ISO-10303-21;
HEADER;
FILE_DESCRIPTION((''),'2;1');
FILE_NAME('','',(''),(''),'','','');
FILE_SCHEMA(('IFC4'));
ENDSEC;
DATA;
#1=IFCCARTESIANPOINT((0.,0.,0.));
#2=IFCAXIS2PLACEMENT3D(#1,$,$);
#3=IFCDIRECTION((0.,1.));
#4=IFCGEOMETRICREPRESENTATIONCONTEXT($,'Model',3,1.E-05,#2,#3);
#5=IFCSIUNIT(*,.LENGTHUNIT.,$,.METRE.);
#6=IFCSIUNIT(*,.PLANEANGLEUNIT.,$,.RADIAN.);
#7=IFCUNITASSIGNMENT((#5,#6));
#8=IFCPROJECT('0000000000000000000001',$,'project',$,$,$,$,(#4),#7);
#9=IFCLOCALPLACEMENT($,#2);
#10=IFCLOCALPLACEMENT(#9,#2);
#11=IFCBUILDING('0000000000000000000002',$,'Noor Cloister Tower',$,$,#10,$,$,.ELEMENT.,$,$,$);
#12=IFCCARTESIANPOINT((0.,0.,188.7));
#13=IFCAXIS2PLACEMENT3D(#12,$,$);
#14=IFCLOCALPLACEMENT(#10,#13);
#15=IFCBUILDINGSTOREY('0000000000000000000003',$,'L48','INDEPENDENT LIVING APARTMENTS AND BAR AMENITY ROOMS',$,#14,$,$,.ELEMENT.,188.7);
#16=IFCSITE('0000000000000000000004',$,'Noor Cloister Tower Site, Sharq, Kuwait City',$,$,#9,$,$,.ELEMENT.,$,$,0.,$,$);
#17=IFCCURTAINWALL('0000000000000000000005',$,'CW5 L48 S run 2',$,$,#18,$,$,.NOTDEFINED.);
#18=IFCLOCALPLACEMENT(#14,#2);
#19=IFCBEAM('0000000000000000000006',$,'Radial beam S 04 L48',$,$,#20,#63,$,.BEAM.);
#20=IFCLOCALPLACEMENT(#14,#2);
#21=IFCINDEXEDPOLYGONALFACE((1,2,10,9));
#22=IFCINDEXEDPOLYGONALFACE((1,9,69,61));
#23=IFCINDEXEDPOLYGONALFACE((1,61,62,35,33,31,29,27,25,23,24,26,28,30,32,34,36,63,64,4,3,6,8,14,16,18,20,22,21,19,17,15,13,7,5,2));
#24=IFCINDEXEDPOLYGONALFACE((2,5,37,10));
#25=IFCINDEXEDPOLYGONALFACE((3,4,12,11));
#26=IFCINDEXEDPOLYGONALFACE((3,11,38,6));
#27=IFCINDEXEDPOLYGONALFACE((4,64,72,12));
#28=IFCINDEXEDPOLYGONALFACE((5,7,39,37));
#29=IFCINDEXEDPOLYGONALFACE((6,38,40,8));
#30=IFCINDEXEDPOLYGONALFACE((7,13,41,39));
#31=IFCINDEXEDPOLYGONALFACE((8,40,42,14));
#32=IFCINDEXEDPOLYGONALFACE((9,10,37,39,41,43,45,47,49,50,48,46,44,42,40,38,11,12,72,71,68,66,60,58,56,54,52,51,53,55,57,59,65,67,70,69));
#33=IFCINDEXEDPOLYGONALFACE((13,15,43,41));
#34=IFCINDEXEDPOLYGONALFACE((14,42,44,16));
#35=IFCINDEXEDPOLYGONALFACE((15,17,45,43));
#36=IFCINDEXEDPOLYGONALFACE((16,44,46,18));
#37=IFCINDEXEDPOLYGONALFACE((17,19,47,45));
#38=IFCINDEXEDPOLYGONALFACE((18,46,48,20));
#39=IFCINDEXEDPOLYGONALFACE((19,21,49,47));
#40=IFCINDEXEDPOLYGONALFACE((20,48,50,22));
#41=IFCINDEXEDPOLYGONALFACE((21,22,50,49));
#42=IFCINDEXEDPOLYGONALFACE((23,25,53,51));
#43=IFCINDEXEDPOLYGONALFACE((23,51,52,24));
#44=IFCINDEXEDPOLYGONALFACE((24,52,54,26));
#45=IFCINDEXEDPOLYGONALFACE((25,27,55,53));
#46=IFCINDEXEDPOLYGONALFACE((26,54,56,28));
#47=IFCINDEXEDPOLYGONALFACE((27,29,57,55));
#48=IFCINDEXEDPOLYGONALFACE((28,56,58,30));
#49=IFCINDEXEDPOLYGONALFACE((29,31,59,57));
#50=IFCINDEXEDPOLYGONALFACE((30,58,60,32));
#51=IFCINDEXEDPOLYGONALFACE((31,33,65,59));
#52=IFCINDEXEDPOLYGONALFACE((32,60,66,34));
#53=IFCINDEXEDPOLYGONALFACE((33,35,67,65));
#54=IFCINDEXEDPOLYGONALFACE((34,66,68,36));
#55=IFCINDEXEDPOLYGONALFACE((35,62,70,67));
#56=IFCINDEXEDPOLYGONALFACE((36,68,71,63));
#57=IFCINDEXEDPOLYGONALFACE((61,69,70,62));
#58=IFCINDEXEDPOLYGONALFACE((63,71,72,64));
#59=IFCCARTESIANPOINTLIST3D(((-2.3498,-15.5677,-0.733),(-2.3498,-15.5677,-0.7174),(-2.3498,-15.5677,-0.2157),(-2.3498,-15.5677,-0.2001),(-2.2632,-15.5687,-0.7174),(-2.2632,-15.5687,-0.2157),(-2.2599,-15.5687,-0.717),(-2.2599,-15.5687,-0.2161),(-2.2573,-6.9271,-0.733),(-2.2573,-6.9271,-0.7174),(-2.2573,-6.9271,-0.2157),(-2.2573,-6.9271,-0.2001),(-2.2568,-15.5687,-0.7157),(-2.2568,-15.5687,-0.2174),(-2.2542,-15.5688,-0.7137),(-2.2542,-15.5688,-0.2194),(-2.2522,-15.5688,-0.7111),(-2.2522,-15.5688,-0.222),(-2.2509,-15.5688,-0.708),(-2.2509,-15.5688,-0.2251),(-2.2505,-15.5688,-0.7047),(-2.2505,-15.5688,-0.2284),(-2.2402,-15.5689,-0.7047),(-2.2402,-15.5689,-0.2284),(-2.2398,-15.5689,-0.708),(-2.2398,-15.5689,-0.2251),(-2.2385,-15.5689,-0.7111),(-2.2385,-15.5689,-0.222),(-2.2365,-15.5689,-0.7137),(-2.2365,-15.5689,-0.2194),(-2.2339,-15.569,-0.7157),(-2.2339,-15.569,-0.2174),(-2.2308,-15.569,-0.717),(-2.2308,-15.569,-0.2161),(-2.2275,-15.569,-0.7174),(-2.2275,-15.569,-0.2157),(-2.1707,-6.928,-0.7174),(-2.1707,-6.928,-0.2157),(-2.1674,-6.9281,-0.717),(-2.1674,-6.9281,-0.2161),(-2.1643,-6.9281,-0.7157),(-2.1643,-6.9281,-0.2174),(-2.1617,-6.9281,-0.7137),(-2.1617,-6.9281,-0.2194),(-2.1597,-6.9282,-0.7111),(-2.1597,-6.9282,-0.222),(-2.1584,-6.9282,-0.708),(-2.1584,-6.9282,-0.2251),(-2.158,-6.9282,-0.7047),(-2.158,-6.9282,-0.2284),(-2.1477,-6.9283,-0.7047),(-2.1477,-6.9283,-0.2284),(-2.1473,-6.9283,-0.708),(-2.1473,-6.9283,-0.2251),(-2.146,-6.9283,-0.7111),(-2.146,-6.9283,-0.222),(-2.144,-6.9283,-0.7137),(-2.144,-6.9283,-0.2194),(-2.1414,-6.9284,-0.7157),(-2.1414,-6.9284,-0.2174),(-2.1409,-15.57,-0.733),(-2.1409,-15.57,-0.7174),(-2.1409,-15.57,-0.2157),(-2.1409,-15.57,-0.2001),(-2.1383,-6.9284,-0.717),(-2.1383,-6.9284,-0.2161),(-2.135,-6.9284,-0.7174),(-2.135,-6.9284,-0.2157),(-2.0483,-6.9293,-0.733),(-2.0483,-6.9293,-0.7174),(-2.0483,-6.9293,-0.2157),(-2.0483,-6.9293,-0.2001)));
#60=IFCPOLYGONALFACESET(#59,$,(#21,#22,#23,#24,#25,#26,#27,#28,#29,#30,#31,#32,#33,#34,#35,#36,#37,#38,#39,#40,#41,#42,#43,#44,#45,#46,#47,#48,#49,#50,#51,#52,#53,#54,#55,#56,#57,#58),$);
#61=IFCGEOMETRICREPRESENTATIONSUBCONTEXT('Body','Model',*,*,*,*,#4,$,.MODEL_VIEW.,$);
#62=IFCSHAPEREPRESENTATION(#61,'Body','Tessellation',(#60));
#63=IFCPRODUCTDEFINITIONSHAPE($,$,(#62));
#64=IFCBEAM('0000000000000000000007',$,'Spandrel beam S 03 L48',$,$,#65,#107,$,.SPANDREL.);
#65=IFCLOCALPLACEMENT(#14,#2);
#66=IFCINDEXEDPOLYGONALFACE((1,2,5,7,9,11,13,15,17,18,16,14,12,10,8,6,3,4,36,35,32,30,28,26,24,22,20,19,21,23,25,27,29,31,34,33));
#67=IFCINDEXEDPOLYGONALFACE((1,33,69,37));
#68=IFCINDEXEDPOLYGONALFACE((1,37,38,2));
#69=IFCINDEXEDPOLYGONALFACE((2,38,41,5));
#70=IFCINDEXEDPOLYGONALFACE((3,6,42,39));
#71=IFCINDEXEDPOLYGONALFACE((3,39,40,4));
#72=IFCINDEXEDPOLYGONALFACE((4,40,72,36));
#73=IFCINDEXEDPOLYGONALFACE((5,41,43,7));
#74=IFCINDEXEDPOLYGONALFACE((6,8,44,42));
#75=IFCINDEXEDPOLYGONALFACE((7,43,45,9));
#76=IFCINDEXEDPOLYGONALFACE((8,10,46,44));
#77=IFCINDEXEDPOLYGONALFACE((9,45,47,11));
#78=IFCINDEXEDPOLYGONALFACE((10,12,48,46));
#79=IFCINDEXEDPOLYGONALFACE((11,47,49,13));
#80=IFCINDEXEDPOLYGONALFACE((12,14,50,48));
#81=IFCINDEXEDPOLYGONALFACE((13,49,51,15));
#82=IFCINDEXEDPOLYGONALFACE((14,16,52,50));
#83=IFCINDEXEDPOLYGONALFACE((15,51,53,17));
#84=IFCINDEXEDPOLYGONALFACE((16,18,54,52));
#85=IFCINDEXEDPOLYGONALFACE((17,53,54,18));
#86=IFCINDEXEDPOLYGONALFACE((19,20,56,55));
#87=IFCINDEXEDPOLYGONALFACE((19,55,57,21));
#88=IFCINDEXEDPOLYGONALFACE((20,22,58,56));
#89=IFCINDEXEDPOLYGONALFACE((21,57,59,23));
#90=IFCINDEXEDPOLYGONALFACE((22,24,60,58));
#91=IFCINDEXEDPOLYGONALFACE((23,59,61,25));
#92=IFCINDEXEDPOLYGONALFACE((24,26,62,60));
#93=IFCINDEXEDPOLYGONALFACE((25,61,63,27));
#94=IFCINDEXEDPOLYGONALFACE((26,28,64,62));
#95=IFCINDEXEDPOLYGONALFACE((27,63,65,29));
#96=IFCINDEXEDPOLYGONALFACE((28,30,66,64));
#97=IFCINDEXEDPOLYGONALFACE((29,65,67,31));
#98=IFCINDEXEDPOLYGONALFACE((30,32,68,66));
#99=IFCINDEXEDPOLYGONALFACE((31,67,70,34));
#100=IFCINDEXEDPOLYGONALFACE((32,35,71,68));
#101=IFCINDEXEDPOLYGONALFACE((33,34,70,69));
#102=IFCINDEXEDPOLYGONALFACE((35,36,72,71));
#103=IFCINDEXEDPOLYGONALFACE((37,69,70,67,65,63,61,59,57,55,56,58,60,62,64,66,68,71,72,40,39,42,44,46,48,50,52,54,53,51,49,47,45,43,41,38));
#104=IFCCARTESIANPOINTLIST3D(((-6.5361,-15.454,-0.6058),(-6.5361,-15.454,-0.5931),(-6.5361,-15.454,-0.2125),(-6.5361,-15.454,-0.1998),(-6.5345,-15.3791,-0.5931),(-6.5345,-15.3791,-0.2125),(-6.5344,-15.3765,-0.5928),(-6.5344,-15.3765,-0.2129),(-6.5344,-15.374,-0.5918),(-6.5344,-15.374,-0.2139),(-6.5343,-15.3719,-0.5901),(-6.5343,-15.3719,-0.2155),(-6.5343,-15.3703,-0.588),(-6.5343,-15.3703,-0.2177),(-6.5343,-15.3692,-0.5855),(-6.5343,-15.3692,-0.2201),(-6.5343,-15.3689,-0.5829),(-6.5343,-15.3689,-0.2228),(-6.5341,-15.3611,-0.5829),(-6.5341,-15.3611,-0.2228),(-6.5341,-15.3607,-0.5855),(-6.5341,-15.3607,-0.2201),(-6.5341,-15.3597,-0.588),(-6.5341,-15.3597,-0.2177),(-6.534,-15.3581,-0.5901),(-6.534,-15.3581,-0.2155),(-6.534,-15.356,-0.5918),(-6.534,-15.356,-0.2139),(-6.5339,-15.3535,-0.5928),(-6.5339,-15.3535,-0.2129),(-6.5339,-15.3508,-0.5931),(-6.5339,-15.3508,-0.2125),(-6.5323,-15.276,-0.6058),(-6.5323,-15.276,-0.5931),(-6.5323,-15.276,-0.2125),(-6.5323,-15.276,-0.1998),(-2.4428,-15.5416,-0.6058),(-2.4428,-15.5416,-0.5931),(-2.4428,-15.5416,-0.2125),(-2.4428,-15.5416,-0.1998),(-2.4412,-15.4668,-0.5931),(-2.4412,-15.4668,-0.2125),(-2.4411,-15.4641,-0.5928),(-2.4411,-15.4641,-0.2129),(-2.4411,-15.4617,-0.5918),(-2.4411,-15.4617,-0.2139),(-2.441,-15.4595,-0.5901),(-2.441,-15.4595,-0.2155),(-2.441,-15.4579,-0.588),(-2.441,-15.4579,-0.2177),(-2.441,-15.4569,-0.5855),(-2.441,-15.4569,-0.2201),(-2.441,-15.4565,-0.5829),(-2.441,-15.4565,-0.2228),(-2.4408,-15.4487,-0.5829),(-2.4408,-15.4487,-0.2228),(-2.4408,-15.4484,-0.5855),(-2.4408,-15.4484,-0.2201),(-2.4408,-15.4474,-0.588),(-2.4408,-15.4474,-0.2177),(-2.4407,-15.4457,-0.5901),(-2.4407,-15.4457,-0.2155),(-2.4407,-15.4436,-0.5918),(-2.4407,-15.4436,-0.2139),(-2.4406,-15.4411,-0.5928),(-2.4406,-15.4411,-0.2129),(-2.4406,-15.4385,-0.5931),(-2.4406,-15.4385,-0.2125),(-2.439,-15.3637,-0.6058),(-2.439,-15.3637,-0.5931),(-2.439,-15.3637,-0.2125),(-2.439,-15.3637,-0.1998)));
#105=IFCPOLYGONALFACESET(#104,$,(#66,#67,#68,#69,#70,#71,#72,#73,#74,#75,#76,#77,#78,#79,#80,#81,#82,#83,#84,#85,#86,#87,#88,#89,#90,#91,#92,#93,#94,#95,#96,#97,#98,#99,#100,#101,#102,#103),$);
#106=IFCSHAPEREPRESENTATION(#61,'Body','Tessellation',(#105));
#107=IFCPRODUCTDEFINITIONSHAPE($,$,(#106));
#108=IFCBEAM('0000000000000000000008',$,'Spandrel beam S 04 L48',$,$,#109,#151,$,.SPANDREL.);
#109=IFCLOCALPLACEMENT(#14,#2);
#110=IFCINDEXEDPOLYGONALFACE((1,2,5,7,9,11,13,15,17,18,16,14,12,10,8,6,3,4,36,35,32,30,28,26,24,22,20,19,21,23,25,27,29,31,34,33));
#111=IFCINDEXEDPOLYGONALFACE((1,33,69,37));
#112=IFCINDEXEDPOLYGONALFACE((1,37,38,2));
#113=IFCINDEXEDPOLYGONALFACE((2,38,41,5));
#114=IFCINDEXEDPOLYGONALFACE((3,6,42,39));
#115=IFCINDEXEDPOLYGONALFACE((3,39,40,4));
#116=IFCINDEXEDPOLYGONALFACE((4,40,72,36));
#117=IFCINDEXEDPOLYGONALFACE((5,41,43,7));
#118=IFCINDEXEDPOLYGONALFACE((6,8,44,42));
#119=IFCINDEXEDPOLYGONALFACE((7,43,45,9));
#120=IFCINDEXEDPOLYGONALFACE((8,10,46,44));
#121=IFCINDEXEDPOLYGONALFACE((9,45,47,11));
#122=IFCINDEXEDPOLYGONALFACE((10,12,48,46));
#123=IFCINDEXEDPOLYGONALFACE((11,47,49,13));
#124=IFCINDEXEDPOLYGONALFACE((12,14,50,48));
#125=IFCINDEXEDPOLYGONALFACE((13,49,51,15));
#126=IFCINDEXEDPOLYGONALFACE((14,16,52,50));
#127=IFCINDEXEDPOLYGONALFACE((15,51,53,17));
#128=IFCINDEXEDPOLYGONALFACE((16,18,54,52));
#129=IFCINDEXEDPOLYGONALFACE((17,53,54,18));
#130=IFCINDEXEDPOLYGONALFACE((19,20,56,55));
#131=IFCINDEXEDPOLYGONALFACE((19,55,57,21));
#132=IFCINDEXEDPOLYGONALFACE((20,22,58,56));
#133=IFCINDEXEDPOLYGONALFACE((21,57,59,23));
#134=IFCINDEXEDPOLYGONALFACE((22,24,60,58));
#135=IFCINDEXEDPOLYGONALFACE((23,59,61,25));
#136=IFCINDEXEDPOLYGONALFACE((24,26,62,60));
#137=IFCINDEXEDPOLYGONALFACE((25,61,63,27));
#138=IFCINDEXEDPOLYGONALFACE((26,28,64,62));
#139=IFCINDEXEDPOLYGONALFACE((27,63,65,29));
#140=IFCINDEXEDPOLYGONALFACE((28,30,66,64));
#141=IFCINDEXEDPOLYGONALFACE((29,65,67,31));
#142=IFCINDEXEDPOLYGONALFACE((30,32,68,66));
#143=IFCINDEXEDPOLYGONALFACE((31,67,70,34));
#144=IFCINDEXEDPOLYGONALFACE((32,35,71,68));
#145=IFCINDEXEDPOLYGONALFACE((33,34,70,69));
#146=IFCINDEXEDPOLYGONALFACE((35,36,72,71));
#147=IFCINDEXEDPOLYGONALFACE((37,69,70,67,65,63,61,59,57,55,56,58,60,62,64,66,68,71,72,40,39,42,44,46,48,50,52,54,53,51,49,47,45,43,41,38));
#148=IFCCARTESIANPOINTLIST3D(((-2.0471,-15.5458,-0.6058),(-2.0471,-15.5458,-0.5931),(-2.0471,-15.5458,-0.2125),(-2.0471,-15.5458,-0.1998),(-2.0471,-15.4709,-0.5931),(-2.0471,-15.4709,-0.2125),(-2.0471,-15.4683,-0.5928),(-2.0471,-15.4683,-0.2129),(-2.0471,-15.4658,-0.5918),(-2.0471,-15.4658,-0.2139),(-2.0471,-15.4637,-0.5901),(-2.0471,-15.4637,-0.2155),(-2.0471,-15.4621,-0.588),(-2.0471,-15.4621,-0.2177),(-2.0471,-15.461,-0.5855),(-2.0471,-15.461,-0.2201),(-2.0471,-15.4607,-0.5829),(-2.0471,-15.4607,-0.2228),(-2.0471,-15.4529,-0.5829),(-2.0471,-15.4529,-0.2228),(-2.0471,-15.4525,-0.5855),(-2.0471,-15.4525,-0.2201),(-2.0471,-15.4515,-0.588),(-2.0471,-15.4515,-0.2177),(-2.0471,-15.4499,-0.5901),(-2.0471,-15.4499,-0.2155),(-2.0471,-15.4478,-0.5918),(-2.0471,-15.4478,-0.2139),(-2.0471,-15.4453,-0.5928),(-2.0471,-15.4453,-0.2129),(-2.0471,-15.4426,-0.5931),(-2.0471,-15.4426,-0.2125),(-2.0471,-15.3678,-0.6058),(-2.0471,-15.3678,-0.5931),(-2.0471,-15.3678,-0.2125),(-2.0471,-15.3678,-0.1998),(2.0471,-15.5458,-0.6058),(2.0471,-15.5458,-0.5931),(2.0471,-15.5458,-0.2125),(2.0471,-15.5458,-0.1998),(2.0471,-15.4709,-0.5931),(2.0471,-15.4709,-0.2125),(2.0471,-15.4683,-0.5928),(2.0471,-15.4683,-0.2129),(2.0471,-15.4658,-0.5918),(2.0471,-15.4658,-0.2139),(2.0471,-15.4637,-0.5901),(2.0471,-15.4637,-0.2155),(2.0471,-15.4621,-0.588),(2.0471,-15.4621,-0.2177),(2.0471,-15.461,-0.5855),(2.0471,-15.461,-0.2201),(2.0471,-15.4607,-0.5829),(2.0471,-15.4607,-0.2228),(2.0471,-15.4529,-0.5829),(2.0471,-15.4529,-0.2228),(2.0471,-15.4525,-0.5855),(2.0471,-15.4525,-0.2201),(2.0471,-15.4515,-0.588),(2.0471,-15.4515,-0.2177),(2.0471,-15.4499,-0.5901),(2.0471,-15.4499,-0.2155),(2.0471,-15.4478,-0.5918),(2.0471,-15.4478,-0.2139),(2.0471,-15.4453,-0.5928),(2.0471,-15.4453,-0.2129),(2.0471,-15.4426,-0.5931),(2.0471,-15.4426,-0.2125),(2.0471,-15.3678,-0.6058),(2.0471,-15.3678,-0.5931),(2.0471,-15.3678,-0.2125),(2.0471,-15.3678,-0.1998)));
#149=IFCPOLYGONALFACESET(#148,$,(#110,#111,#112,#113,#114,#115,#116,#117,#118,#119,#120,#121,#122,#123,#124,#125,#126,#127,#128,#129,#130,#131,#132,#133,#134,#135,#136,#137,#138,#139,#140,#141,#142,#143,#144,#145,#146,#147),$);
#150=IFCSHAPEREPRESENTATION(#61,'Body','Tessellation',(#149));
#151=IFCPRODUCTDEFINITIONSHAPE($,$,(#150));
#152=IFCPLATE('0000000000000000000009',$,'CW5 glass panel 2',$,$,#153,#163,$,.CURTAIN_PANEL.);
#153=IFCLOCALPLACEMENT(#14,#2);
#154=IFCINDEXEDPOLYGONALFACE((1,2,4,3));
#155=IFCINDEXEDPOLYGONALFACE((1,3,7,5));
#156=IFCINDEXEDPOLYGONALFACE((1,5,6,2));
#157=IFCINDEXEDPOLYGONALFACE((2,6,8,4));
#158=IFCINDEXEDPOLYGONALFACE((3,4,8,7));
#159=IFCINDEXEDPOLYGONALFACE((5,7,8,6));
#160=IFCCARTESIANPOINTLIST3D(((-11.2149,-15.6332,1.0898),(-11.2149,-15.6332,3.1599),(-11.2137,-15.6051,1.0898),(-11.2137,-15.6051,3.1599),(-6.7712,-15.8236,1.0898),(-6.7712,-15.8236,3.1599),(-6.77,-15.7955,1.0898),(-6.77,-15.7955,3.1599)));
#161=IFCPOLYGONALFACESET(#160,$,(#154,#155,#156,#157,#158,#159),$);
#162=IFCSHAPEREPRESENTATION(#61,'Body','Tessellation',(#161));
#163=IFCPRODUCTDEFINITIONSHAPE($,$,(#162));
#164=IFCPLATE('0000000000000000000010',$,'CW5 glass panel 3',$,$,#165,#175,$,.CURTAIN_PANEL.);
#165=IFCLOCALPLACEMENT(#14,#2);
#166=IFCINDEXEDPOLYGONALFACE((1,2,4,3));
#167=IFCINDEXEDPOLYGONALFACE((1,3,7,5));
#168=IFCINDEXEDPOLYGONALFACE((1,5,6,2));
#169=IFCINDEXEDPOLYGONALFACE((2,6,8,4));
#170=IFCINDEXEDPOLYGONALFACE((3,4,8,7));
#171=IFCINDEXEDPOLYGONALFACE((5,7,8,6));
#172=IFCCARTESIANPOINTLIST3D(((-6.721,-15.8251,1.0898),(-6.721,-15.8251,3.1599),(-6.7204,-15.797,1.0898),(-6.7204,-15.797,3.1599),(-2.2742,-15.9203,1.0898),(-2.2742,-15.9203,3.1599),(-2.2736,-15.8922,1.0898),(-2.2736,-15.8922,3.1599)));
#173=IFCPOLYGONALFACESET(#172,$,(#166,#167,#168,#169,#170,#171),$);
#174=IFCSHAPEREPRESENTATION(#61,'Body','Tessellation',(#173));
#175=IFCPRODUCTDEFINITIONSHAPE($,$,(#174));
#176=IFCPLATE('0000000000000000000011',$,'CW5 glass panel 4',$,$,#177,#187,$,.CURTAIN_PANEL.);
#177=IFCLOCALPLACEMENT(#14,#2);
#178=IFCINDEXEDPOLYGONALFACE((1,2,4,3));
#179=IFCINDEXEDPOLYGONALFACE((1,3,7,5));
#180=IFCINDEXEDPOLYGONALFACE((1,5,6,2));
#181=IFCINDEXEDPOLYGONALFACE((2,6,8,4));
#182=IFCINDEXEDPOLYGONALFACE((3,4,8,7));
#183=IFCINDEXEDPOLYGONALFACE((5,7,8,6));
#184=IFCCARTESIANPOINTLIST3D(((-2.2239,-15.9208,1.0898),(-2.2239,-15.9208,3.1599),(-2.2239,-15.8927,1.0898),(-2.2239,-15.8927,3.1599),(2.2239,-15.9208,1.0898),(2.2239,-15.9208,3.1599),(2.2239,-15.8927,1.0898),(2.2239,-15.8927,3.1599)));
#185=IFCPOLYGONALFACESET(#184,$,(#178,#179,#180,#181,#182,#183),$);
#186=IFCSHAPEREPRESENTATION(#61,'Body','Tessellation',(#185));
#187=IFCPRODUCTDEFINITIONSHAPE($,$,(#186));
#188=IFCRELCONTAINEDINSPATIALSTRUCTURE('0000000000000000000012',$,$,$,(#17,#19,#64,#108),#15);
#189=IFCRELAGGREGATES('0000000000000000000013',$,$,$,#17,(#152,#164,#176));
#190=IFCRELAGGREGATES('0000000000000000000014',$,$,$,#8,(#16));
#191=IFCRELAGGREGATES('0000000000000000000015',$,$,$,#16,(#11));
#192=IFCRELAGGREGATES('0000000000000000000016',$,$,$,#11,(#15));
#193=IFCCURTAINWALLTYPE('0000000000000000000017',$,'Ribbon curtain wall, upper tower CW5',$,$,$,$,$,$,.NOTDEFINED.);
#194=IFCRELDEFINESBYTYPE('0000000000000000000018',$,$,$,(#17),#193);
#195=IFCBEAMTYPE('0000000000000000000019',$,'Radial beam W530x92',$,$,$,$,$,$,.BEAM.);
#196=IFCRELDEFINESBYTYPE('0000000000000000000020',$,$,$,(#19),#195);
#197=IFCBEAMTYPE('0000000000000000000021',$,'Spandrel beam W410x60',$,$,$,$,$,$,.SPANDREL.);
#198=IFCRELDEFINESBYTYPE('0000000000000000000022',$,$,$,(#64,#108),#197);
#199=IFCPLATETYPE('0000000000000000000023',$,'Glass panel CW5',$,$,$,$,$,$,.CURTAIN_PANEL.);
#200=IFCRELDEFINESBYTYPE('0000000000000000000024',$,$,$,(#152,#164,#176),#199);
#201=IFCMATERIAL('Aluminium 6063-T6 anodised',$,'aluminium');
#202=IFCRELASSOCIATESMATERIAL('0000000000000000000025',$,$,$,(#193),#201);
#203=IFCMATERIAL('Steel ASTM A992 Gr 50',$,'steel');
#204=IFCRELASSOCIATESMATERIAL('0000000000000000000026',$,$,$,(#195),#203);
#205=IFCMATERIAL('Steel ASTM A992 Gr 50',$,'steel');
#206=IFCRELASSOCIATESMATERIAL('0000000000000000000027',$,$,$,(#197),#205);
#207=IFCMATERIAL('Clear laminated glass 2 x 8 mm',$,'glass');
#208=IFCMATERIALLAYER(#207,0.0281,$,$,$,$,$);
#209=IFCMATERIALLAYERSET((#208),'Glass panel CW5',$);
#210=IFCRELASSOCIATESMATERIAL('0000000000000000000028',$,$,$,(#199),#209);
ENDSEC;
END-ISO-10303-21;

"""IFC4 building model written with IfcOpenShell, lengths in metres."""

from ifc_helpers import new_model, si_unit, direction, frame, origin, origin_2d, place, context, subcontext, project, spatial, rectangle, i_section, extrude, material, layer, layer_set, material_profile, profile_set, type_object, element, aggregate, save


model = new_model("IFC4")

# Units and contexts
model_context = context("Model", 3, precision=1e-05, world=origin(), true_north=direction((0.0, 1.0)))
body_context = subcontext(model_context, "Body", "Model", "MODEL_VIEW")
ifc_project = project(units=[si_unit("LENGTHUNIT", "METRE"), si_unit("PLANEANGLEUNIT", "RADIAN")], contexts=[model_context])

# Site, building, storey
site_placement = place(None, origin())
site = spatial("IfcSite", under=ifc_project, at=site_placement, Name="Noor Cloister Tower Site, Sharq, Kuwait City", CompositionType="ELEMENT", RefElevation=0.0)
building_placement = place(site_placement, origin())
building = spatial("IfcBuilding", under=site, at=building_placement, Name="Noor Cloister Tower", CompositionType="ELEMENT")
storey_placement = place(building_placement, frame((0.0, 0.0, 188.7)))
storey = spatial("IfcBuildingStorey", under=building, at=storey_placement, Name="L48", Description="INDEPENDENT LIVING APARTMENTS AND BAR AMENITY ROOMS", CompositionType="ELEMENT", Elevation=188.7)

# Curtain wall
ifc_material_1 = material(Name="Aluminium 6063-T6 anodised", Category="aluminium")
curtain_wall_type = type_object("IfcCurtainWallType", Name="Ribbon curtain wall, upper tower CW5", PredefinedType="NOTDEFINED", material=ifc_material_1)
curtain_wall_placement = place(storey_placement, origin())
curtain_wall = element("IfcCurtainWall", 1, at=curtain_wall_placement, inside=storey, type_object=curtain_wall_type, Name="CW5 L48 S run 2", PredefinedType="NOTDEFINED")

# Beams
ifc_material_2 = material(Name="Steel ASTM A992 Gr 50", Category="steel")
ifc_material_profile_1 = material_profile(ifc_material_2, i_section(OverallWidth=0.209, OverallDepth=0.533, WebThickness=0.0103, FlangeThickness=0.0156, FilletRadius=0.0127, at=origin_2d()), Name="W530x92")
ifc_profile_set_1 = profile_set([ifc_material_profile_1], Name="Steel ASTM A992 Gr 50")
beam_type_1 = type_object("IfcBeamType", Name="Radial beam W530x92", PredefinedType="BEAM", material=ifc_profile_set_1)
beam_1_placement = place(storey_placement, frame((-2.2454, -15.5688, -0.4666), z_axis=(0.010708, 0.999943, 0.0), x_axis=(-0.999943, 0.010708, 0.0)))
element("IfcBeam", 2, at=beam_1_placement, inside=storey, type_object=beam_type_1, Name="Radial beam S 04 L48", PredefinedType="BEAM", context=body_context, shape_type="SweptSolid", body=[
    extrude(i_section(OverallWidth=0.209, OverallDepth=0.533, WebThickness=0.0103, FlangeThickness=0.0156, FilletRadius=0.0127, at=origin_2d()), origin(), (0.0, 0.0, 1.0), 8.6411),
])
ifc_material_3 = material(Name="Steel ASTM A992 Gr 50", Category="steel")
ifc_material_profile_2 = material_profile(ifc_material_3, i_section(OverallWidth=0.178, OverallDepth=0.406, WebThickness=0.0078, FlangeThickness=0.0127, FilletRadius=0.0103, at=origin_2d()), Name="W410x60")
ifc_profile_set_2 = profile_set([ifc_material_profile_2], Name="Steel ASTM A992 Gr 50")
beam_type_2 = type_object("IfcBeamType", Name="Spandrel beam W410x60", PredefinedType="SPANDREL", material=ifc_profile_set_2)
for number, where, z_axis, x_axis, name in (
    (3, (-6.5342, -15.365, -0.4028), (0.999771, -0.021407, 0.0), (0.021407, 0.999771, 0.0), "Spandrel beam S 03 L48"),
    (4, (-2.0471, -15.4568, -0.4028), (1.0, 0.0, 0.0), (0.0, 1.0, 0.0), "Spandrel beam S 04 L48"),
):
    element("IfcBeam", number, at=place(storey_placement, frame(where, z_axis=z_axis, x_axis=x_axis)), inside=storey, type_object=beam_type_2, Name=name, PredefinedType="SPANDREL", context=body_context, shape_type="SweptSolid", body=[
        extrude(i_section(OverallWidth=0.178, OverallDepth=0.406, WebThickness=0.0078, FlangeThickness=0.0127, FilletRadius=0.0103, at=origin_2d()), origin(), (0.0, 0.0, 1.0), 4.0942),
    ])

# Plates
ifc_material_4 = material(Name="Clear laminated glass 2 x 8 mm", Category="glass")
ifc_layer_1 = layer(ifc_material_4, 0.0281)
ifc_layer_set_1 = layer_set([ifc_layer_1], Name="Glass panel CW5")
plate_type = type_object("IfcPlateType", Name="Glass panel CW5", PredefinedType="CURTAIN_PANEL", material=ifc_layer_set_1)
plate_1_placement = place(storey_placement, frame((-8.9924, -15.7144, 1.0898), z_axis=(0.0, 0.0, 1.0), x_axis=(0.999084, -0.042803, 0.0)))
plate_1 = element("IfcPlate", 5, at=plate_1_placement, type_object=plate_type, Name="CW5 glass panel 2", PredefinedType="CURTAIN_PANEL", context=body_context, shape_type="SweptSolid", body=[
    extrude(rectangle(XDim=4.4478, YDim=0.0281, at=origin_2d()), origin(), (0.0, 0.0, 1.0), 2.0701),
])
plate_2_placement = place(storey_placement, frame((-4.4973, -15.8586, 1.0898), z_axis=(0.0, 0.0, 1.0), x_axis=(0.999771, -0.021406, 0.0)))
plate_2 = element("IfcPlate", 6, at=plate_2_placement, type_object=plate_type, Name="CW5 glass panel 3", PredefinedType="CURTAIN_PANEL", context=body_context, shape_type="SweptSolid", body=[
    extrude(rectangle(XDim=4.4478, YDim=0.0281, at=origin_2d()), origin(), (0.0, 0.0, 1.0), 2.0701),
])
plate_3_placement = place(storey_placement, frame((0.0, -15.9067, 1.0898), z_axis=(0.0, 0.0, 1.0), x_axis=(1.0, 0.0, 0.0)))
plate_3 = element("IfcPlate", 7, at=plate_3_placement, type_object=plate_type, Name="CW5 glass panel 4", PredefinedType="CURTAIN_PANEL", context=body_context, shape_type="SweptSolid", body=[
    extrude(rectangle(XDim=4.4478, YDim=0.0281, at=origin_2d()), origin(), (0.0, 0.0, 1.0), 2.0701),
])
aggregate(curtain_wall, [plate_1, plate_2, plate_3])

save(model, "model.ifc")
